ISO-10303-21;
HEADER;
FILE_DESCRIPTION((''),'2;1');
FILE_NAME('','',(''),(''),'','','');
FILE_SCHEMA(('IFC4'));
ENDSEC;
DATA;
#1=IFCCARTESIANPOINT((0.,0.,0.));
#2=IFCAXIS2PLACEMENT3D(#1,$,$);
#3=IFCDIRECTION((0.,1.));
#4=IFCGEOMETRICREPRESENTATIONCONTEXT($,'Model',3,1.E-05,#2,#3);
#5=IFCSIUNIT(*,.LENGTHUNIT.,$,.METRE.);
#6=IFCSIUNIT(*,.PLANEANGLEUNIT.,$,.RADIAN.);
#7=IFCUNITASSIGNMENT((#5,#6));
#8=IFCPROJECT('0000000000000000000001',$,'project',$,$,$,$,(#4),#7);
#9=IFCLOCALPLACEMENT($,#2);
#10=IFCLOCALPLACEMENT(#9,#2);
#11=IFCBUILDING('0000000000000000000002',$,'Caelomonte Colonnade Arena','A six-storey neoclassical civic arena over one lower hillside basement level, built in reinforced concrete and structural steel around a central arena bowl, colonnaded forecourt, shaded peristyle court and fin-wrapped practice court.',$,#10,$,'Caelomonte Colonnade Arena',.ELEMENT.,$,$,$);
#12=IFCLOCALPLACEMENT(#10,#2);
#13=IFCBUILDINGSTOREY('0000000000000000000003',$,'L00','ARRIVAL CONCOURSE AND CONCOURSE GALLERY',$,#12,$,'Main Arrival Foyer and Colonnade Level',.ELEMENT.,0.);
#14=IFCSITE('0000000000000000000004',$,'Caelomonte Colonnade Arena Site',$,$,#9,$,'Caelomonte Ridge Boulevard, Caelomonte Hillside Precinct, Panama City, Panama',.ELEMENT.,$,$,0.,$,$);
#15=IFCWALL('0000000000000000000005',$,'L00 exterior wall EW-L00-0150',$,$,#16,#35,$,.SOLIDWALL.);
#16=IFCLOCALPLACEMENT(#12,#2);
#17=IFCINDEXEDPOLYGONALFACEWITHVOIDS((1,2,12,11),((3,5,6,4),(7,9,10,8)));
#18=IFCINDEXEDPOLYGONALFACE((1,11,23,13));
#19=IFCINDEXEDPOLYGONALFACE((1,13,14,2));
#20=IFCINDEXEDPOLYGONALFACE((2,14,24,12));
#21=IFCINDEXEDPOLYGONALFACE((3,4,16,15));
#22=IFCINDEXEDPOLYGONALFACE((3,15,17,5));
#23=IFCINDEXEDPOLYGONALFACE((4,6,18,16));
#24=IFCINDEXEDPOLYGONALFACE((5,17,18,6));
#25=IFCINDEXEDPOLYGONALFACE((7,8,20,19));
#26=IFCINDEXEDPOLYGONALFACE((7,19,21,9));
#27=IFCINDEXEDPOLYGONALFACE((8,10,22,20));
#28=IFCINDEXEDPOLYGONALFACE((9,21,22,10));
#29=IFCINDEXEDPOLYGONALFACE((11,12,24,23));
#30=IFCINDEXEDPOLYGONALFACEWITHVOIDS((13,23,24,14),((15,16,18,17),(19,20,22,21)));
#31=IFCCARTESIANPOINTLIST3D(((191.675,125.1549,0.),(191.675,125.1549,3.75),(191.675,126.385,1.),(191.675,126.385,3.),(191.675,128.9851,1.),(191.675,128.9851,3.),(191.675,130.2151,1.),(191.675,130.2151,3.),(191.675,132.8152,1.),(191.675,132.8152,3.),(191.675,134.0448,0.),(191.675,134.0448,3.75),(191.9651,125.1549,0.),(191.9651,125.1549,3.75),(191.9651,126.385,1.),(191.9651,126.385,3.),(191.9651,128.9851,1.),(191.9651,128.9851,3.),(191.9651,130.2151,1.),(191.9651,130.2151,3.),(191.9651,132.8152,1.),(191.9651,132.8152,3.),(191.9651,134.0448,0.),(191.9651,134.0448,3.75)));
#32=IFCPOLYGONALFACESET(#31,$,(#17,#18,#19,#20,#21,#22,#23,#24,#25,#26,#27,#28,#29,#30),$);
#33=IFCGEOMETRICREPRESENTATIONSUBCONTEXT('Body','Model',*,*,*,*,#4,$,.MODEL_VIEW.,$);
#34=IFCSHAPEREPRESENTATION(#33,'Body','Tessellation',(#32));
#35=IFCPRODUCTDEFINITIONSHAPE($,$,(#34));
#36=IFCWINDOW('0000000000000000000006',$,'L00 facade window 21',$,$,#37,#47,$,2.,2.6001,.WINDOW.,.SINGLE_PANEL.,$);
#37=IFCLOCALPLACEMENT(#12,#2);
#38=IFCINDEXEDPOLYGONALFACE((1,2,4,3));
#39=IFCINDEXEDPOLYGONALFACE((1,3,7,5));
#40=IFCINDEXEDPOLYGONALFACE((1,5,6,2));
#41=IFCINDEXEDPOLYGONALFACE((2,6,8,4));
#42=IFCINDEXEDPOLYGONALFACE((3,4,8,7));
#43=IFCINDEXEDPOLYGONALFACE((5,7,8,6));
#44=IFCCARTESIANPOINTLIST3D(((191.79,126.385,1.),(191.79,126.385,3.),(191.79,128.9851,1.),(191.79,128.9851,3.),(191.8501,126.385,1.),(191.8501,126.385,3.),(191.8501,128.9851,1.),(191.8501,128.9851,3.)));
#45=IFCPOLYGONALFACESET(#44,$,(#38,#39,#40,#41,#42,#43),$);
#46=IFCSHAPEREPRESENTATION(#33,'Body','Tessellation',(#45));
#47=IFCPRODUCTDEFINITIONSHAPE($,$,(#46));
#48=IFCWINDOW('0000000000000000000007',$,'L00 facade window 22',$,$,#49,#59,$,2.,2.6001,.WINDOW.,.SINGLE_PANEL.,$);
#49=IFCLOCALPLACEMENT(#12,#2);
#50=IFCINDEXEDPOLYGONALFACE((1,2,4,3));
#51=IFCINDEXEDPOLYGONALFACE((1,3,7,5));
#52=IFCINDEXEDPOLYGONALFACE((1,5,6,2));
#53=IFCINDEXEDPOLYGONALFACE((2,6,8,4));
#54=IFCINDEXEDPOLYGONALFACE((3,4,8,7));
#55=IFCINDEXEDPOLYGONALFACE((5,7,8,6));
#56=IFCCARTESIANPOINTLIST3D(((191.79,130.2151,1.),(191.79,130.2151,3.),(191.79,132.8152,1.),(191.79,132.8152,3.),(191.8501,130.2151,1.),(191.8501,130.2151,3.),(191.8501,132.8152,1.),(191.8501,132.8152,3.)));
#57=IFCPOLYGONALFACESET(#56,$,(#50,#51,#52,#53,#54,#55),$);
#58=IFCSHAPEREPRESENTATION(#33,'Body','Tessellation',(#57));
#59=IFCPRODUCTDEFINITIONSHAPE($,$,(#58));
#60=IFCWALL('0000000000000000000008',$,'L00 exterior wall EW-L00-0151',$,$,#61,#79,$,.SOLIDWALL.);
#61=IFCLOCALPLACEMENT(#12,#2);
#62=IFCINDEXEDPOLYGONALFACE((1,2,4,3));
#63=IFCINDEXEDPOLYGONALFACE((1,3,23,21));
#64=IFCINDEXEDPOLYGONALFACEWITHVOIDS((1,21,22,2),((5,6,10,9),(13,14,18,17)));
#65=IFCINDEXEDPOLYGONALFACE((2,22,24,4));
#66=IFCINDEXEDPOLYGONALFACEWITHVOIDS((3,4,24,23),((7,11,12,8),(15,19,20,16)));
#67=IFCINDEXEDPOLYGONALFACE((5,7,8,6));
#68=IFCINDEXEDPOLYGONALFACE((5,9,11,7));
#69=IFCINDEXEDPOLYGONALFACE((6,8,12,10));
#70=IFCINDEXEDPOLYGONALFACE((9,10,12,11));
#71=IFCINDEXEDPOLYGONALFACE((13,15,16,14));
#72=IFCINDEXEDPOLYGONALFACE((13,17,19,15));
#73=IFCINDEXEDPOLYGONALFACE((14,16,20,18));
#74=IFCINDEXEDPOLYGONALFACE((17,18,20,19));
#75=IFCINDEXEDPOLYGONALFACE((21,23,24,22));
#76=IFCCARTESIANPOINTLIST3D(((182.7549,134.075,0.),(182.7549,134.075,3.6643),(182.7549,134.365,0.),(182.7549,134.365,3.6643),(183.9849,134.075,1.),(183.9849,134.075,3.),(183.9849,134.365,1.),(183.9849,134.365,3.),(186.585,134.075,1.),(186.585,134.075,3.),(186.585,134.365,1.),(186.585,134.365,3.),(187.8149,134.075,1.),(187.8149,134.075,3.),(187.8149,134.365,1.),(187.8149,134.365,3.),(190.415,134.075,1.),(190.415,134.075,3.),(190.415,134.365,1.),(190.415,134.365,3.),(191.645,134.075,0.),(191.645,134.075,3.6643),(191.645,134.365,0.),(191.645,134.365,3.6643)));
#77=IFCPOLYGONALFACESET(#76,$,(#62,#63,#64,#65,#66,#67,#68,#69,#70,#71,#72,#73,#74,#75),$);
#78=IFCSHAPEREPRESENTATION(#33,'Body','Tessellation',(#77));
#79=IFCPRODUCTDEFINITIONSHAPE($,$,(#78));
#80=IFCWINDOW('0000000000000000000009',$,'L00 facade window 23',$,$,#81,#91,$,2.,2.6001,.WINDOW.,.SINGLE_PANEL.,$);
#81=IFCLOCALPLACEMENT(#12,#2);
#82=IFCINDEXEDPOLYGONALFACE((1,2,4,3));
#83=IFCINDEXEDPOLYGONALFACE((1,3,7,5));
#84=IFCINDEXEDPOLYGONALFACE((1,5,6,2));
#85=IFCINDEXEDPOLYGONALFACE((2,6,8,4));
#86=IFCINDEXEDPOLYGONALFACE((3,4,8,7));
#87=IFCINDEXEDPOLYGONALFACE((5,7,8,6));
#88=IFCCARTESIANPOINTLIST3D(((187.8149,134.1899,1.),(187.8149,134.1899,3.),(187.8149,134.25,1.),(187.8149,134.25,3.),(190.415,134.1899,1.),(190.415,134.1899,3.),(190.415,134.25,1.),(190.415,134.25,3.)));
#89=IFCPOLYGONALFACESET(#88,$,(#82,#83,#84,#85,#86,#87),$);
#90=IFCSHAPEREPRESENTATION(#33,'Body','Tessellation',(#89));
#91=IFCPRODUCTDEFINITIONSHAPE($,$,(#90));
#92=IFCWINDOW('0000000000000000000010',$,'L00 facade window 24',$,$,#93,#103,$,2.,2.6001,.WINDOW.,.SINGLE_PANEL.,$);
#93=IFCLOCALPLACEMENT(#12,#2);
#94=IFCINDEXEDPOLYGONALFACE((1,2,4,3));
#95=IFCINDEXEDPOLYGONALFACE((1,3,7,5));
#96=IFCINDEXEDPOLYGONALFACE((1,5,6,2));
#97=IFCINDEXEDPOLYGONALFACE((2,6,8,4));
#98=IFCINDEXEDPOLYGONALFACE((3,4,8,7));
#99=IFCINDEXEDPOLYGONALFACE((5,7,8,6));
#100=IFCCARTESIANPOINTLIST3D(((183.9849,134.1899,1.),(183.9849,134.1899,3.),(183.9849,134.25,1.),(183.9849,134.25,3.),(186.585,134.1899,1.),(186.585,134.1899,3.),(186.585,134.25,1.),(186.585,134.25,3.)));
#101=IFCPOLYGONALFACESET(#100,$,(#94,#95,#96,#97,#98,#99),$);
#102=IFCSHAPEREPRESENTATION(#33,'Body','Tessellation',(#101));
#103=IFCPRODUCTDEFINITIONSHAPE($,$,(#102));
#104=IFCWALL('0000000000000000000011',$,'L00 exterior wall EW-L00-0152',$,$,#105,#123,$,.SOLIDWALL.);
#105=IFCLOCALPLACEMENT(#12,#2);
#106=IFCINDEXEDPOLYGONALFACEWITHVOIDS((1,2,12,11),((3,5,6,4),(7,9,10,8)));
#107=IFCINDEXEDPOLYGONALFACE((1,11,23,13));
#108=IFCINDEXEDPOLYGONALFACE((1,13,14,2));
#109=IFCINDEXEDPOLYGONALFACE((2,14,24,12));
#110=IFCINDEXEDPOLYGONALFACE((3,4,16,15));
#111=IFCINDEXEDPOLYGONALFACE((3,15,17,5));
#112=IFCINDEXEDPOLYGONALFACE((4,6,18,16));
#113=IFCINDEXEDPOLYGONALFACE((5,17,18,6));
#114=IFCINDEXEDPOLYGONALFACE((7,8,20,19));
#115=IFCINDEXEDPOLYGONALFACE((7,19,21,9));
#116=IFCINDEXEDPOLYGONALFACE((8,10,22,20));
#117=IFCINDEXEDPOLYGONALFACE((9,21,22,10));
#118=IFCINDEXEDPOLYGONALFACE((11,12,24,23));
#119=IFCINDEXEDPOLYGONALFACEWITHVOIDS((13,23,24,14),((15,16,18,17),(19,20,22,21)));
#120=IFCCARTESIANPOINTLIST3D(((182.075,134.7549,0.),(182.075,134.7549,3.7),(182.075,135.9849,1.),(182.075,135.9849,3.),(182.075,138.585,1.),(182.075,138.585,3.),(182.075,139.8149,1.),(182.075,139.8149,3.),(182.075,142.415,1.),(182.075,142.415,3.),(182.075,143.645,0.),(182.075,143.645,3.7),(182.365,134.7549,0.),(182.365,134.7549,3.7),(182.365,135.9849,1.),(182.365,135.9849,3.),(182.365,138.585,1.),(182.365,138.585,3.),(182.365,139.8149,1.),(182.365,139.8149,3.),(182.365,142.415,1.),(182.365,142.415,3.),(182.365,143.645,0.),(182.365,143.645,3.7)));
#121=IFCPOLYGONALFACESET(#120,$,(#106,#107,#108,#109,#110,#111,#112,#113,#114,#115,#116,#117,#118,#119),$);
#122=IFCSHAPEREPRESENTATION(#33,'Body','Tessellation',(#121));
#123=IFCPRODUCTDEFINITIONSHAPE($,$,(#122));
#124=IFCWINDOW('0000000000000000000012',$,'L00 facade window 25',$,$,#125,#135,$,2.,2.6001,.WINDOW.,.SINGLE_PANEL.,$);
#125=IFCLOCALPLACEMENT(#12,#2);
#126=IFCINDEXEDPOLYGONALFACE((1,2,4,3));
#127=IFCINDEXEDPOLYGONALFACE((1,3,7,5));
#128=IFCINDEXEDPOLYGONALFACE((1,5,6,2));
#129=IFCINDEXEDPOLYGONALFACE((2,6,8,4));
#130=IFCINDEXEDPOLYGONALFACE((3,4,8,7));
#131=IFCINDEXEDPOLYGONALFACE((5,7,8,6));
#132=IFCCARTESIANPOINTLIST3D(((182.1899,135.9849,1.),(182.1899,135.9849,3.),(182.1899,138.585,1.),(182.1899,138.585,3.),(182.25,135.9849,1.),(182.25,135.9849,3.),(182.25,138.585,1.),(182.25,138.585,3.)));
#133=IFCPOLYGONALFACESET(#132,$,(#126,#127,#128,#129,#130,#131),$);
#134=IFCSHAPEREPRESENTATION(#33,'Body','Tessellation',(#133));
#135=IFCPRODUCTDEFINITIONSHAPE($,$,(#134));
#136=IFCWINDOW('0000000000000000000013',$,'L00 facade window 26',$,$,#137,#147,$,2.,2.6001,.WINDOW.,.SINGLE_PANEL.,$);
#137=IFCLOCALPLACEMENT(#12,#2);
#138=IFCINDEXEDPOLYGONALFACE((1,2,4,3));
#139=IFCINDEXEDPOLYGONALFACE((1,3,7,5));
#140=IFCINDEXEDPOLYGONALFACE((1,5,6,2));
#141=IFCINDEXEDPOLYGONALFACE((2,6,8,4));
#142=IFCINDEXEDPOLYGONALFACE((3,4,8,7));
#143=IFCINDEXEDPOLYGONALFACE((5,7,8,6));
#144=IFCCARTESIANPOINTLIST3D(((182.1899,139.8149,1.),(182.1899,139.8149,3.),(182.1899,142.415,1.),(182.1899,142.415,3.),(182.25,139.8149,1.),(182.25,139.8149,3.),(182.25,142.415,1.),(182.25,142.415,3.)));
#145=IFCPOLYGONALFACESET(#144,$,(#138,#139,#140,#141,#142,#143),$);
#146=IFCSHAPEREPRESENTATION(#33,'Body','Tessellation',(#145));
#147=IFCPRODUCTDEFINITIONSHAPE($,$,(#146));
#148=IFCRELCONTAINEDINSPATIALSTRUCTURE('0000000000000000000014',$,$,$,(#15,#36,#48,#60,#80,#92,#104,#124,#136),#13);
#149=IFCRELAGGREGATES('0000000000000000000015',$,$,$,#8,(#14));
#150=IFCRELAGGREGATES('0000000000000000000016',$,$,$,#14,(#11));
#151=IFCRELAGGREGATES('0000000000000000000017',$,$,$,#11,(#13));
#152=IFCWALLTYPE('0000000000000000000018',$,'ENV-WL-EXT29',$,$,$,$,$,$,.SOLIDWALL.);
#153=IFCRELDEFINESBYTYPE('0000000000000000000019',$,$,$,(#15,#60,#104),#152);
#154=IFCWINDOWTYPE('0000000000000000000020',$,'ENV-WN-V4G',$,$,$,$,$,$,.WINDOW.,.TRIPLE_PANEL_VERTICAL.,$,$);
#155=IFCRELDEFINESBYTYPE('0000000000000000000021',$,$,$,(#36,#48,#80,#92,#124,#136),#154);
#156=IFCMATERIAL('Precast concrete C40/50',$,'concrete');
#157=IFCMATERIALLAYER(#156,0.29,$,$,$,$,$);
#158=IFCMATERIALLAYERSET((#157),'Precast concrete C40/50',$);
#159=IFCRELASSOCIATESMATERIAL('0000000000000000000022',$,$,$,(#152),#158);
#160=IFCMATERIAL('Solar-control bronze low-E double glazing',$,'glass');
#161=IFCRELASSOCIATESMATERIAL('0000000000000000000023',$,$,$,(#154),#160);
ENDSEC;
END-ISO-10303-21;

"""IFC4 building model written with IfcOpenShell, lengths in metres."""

from ifc_helpers import new_model, si_unit, direction, frame, frame_2d, origin, place, context, subcontext, project, spatial, rectangle, extrude, material, layer, layer_set, type_object, element, fill, save


model = new_model("IFC4")

# Units and contexts
model_context = context("Model", 3, precision=1e-05, world=origin(), true_north=direction((0.0, 1.0)))
body_context = subcontext(model_context, "Body", "Model", "MODEL_VIEW")
ifc_project = project(units=[si_unit("LENGTHUNIT", "METRE"), si_unit("PLANEANGLEUNIT", "RADIAN")], contexts=[model_context])

# Site, building, storey
site_placement = place(None, origin())
site = spatial("IfcSite", under=ifc_project, at=site_placement, Name="Caelomonte Colonnade Arena Site", LongName="Caelomonte Ridge Boulevard, Caelomonte Hillside Precinct, Panama City, Panama", CompositionType="ELEMENT", RefElevation=0.0)
building_placement = place(site_placement, origin())
building = spatial("IfcBuilding", under=site, at=building_placement, Name="Caelomonte Colonnade Arena", Description="A six-storey neoclassical civic arena over one lower hillside basement level, built in reinforced concrete and structural steel around a central arena bowl, colonnaded forecourt, shaded peristyle court and fin-wrapped practice court.", LongName="Caelomonte Colonnade Arena", CompositionType="ELEMENT")
storey_placement = place(building_placement, origin())
storey = spatial("IfcBuildingStorey", under=building, at=storey_placement, Name="L00", Description="ARRIVAL CONCOURSE AND CONCOURSE GALLERY", LongName="Main Arrival Foyer and Colonnade Level", CompositionType="ELEMENT", Elevation=0.0)

# Walls, openings, windows
ifc_material_1 = material(Name="Precast concrete C40/50", Category="concrete")
ifc_layer = layer(ifc_material_1, 0.29)
ifc_layer_set = layer_set([ifc_layer], Name="Precast concrete C40/50")
wall_type = type_object("IfcWallType", Name="ENV-WL-EXT29", PredefinedType="SOLIDWALL", material=ifc_layer_set)
wall_1_placement = place(storey_placement, frame((191.8201, 125.155, 0.0), z_axis=(0.0, 0.0, 1.0), x_axis=(0.0, 1.0, 0.0)))
wall_1 = element("IfcWall", 1, at=wall_1_placement, inside=storey, type_object=wall_type, Name="L00 exterior wall EW-L00-0150", PredefinedType="SOLIDWALL", context=body_context, shape_type="SweptSolid", body=[
    extrude(rectangle(XDim=8.8899, YDim=0.29, at=frame_2d((4.4448, 0.0))), origin(), (0.0, 0.0, 1.0), 3.75),
])
opening_1_placement = place(wall_1_placement, frame((3.8301, 0.0, 1.0), z_axis=(0.0, 0.0, 1.0), x_axis=(-1.0, 0.0, 0.0)))
opening_1 = element("IfcOpeningElement", 2, at=opening_1_placement, cuts=wall_1, PredefinedType="OPENING", context=body_context, shape_type="SweptSolid", body=[
    extrude(rectangle(XDim=2.6001, YDim=2.0, at=frame_2d((1.3, 1.0))), frame((0.0, 0.155, 0.0), z_axis=(0.0, -1.0, 0.0), x_axis=(1.0, 0.0, 0.0)), (0.0, 0.0, 1.0), 0.3101),
])
opening_2_placement = place(wall_1_placement, frame((7.6602, 0.0, 1.0), z_axis=(0.0, 0.0, 1.0), x_axis=(-1.0, 0.0, 0.0)))
opening_2 = element("IfcOpeningElement", 3, at=opening_2_placement, cuts=wall_1, PredefinedType="OPENING", context=body_context, shape_type="SweptSolid", body=[
    extrude(rectangle(XDim=2.6001, YDim=2.0, at=frame_2d((1.3, 1.0))), frame((0.0, 0.155, 0.0), z_axis=(0.0, -1.0, 0.0), x_axis=(1.0, 0.0, 0.0)), (0.0, 0.0, 1.0), 0.3101),
])
ifc_material_2 = material(Name="Solar-control bronze low-E double glazing", Category="glass")
window_type = type_object("IfcWindowType", Name="ENV-WN-V4G", PartitioningType="TRIPLE_PANEL_VERTICAL", PredefinedType="WINDOW", material=ifc_material_2)
window_1_placement = place(opening_1_placement, origin())
window_1 = element("IfcWindow", 4, at=window_1_placement, inside=storey, type_object=window_type, Name="L00 facade window 21", OverallHeight=2.0, OverallWidth=2.6001, PartitioningType="SINGLE_PANEL", PredefinedType="WINDOW", context=body_context, shape_type="SweptSolid", body=[
    extrude(rectangle(XDim=2.6001, YDim=2.0, at=frame_2d((1.3, 1.0))), frame((0.0, 0.03, 0.0), z_axis=(0.0, -1.0, 0.0), x_axis=(1.0, 0.0, 0.0)), (0.0, 0.0, 1.0), 0.0601),
])
fill(opening_1, window_1)
window_2_placement = place(opening_2_placement, origin())
window_2 = element("IfcWindow", 5, at=window_2_placement, inside=storey, type_object=window_type, Name="L00 facade window 22", OverallHeight=2.0, OverallWidth=2.6001, PartitioningType="SINGLE_PANEL", PredefinedType="WINDOW", context=body_context, shape_type="SweptSolid", body=[
    extrude(rectangle(XDim=2.6001, YDim=2.0, at=frame_2d((1.3, 1.0))), frame((0.0, 0.03, 0.0), z_axis=(0.0, -1.0, 0.0), x_axis=(1.0, 0.0, 0.0)), (0.0, 0.0, 1.0), 0.0601),
])
fill(opening_2, window_2)
wall_2_placement = place(storey_placement, frame((191.645, 134.22, 0.0), z_axis=(0.0, 0.0, 1.0), x_axis=(-1.0, 0.0, 0.0)))
wall_2 = element("IfcWall", 6, at=wall_2_placement, inside=storey, type_object=wall_type, Name="L00 exterior wall EW-L00-0151", PredefinedType="SOLIDWALL", context=body_context, shape_type="SweptSolid", body=[
    extrude(rectangle(XDim=8.8901, YDim=0.29, at=frame_2d((4.4451, 0.0))), origin(), (0.0, 0.0, 1.0), 3.6643),
])
opening_3_placement = place(wall_2_placement, frame((3.8301, 0.0, 1.0), z_axis=(0.0, 0.0, 1.0), x_axis=(-1.0, 0.0, 0.0)))
opening_3 = element("IfcOpeningElement", 7, at=opening_3_placement, cuts=wall_2, PredefinedType="OPENING", context=body_context, shape_type="SweptSolid", body=[
    extrude(rectangle(XDim=2.6001, YDim=2.0, at=frame_2d((1.3, 1.0))), frame((0.0, 0.155, 0.0), z_axis=(0.0, -1.0, 0.0), x_axis=(1.0, 0.0, 0.0)), (0.0, 0.0, 1.0), 0.3101),
])
opening_4_placement = place(wall_2_placement, frame((7.6602, 0.0, 1.0), z_axis=(0.0, 0.0, 1.0), x_axis=(-1.0, 0.0, 0.0)))
opening_4 = element("IfcOpeningElement", 8, at=opening_4_placement, cuts=wall_2, PredefinedType="OPENING", context=body_context, shape_type="SweptSolid", body=[
    extrude(rectangle(XDim=2.6001, YDim=2.0, at=frame_2d((1.3, 1.0))), frame((0.0, 0.155, 0.0), z_axis=(0.0, -1.0, 0.0), x_axis=(1.0, 0.0, 0.0)), (0.0, 0.0, 1.0), 0.3101),
])
window_3_placement = place(opening_3_placement, origin())
window_3 = element("IfcWindow", 9, at=window_3_placement, inside=storey, type_object=window_type, Name="L00 facade window 23", OverallHeight=2.0, OverallWidth=2.6001, PartitioningType="SINGLE_PANEL", PredefinedType="WINDOW", context=body_context, shape_type="SweptSolid", body=[
    extrude(rectangle(XDim=2.6001, YDim=2.0, at=frame_2d((1.3, 1.0))), frame((0.0, 0.03, 0.0), z_axis=(0.0, -1.0, 0.0), x_axis=(1.0, 0.0, 0.0)), (0.0, 0.0, 1.0), 0.0601),
])
fill(opening_3, window_3)
window_4_placement = place(opening_4_placement, origin())
window_4 = element("IfcWindow", 10, at=window_4_placement, inside=storey, type_object=window_type, Name="L00 facade window 24", OverallHeight=2.0, OverallWidth=2.6001, PartitioningType="SINGLE_PANEL", PredefinedType="WINDOW", context=body_context, shape_type="SweptSolid", body=[
    extrude(rectangle(XDim=2.6001, YDim=2.0, at=frame_2d((1.3, 1.0))), frame((0.0, 0.03, 0.0), z_axis=(0.0, -1.0, 0.0), x_axis=(1.0, 0.0, 0.0)), (0.0, 0.0, 1.0), 0.0601),
])
fill(opening_4, window_4)
wall_3_placement = place(storey_placement, frame((182.22, 134.7549, 0.0), z_axis=(0.0, 0.0, 1.0), x_axis=(0.0, 1.0, 0.0)))
wall_3 = element("IfcWall", 11, at=wall_3_placement, inside=storey, type_object=wall_type, Name="L00 exterior wall EW-L00-0152", PredefinedType="SOLIDWALL", context=body_context, shape_type="SweptSolid", body=[
    extrude(rectangle(XDim=8.8901, YDim=0.29, at=frame_2d((4.4451, 0.0))), origin(), (0.0, 0.0, 1.0), 3.7),
])
opening_5_placement = place(wall_3_placement, frame((3.8301, 0.0, 1.0), z_axis=(0.0, 0.0, 1.0), x_axis=(-1.0, 0.0, 0.0)))
opening_5 = element("IfcOpeningElement", 12, at=opening_5_placement, cuts=wall_3, PredefinedType="OPENING", context=body_context, shape_type="SweptSolid", body=[
    extrude(rectangle(XDim=2.6001, YDim=2.0, at=frame_2d((1.3, 1.0))), frame((0.0, 0.155, 0.0), z_axis=(0.0, -1.0, 0.0), x_axis=(1.0, 0.0, 0.0)), (0.0, 0.0, 1.0), 0.3101),
])
opening_6_placement = place(wall_3_placement, frame((7.6602, 0.0, 1.0), z_axis=(0.0, 0.0, 1.0), x_axis=(-1.0, 0.0, 0.0)))
opening_6 = element("IfcOpeningElement", 13, at=opening_6_placement, cuts=wall_3, PredefinedType="OPENING", context=body_context, shape_type="SweptSolid", body=[
    extrude(rectangle(XDim=2.6001, YDim=2.0, at=frame_2d((1.3, 1.0))), frame((0.0, 0.155, 0.0), z_axis=(0.0, -1.0, 0.0), x_axis=(1.0, 0.0, 0.0)), (0.0, 0.0, 1.0), 0.3101),
])
window_5_placement = place(opening_5_placement, origin())
window_5 = element("IfcWindow", 14, at=window_5_placement, inside=storey, type_object=window_type, Name="L00 facade window 25", OverallHeight=2.0, OverallWidth=2.6001, PartitioningType="SINGLE_PANEL", PredefinedType="WINDOW", context=body_context, shape_type="SweptSolid", body=[
    extrude(rectangle(XDim=2.6001, YDim=2.0, at=frame_2d((1.3, 1.0))), frame((0.0, 0.03, 0.0), z_axis=(0.0, -1.0, 0.0), x_axis=(1.0, 0.0, 0.0)), (0.0, 0.0, 1.0), 0.0601),
])
fill(opening_5, window_5)
window_6_placement = place(opening_6_placement, origin())
window_6 = element("IfcWindow", 15, at=window_6_placement, inside=storey, type_object=window_type, Name="L00 facade window 26", OverallHeight=2.0, OverallWidth=2.6001, PartitioningType="SINGLE_PANEL", PredefinedType="WINDOW", context=body_context, shape_type="SweptSolid", body=[
    extrude(rectangle(XDim=2.6001, YDim=2.0, at=frame_2d((1.3, 1.0))), frame((0.0, 0.03, 0.0), z_axis=(0.0, -1.0, 0.0), x_axis=(1.0, 0.0, 0.0)), (0.0, 0.0, 1.0), 0.0601),
])
fill(opening_6, window_6)

save(model, "model.ifc")
